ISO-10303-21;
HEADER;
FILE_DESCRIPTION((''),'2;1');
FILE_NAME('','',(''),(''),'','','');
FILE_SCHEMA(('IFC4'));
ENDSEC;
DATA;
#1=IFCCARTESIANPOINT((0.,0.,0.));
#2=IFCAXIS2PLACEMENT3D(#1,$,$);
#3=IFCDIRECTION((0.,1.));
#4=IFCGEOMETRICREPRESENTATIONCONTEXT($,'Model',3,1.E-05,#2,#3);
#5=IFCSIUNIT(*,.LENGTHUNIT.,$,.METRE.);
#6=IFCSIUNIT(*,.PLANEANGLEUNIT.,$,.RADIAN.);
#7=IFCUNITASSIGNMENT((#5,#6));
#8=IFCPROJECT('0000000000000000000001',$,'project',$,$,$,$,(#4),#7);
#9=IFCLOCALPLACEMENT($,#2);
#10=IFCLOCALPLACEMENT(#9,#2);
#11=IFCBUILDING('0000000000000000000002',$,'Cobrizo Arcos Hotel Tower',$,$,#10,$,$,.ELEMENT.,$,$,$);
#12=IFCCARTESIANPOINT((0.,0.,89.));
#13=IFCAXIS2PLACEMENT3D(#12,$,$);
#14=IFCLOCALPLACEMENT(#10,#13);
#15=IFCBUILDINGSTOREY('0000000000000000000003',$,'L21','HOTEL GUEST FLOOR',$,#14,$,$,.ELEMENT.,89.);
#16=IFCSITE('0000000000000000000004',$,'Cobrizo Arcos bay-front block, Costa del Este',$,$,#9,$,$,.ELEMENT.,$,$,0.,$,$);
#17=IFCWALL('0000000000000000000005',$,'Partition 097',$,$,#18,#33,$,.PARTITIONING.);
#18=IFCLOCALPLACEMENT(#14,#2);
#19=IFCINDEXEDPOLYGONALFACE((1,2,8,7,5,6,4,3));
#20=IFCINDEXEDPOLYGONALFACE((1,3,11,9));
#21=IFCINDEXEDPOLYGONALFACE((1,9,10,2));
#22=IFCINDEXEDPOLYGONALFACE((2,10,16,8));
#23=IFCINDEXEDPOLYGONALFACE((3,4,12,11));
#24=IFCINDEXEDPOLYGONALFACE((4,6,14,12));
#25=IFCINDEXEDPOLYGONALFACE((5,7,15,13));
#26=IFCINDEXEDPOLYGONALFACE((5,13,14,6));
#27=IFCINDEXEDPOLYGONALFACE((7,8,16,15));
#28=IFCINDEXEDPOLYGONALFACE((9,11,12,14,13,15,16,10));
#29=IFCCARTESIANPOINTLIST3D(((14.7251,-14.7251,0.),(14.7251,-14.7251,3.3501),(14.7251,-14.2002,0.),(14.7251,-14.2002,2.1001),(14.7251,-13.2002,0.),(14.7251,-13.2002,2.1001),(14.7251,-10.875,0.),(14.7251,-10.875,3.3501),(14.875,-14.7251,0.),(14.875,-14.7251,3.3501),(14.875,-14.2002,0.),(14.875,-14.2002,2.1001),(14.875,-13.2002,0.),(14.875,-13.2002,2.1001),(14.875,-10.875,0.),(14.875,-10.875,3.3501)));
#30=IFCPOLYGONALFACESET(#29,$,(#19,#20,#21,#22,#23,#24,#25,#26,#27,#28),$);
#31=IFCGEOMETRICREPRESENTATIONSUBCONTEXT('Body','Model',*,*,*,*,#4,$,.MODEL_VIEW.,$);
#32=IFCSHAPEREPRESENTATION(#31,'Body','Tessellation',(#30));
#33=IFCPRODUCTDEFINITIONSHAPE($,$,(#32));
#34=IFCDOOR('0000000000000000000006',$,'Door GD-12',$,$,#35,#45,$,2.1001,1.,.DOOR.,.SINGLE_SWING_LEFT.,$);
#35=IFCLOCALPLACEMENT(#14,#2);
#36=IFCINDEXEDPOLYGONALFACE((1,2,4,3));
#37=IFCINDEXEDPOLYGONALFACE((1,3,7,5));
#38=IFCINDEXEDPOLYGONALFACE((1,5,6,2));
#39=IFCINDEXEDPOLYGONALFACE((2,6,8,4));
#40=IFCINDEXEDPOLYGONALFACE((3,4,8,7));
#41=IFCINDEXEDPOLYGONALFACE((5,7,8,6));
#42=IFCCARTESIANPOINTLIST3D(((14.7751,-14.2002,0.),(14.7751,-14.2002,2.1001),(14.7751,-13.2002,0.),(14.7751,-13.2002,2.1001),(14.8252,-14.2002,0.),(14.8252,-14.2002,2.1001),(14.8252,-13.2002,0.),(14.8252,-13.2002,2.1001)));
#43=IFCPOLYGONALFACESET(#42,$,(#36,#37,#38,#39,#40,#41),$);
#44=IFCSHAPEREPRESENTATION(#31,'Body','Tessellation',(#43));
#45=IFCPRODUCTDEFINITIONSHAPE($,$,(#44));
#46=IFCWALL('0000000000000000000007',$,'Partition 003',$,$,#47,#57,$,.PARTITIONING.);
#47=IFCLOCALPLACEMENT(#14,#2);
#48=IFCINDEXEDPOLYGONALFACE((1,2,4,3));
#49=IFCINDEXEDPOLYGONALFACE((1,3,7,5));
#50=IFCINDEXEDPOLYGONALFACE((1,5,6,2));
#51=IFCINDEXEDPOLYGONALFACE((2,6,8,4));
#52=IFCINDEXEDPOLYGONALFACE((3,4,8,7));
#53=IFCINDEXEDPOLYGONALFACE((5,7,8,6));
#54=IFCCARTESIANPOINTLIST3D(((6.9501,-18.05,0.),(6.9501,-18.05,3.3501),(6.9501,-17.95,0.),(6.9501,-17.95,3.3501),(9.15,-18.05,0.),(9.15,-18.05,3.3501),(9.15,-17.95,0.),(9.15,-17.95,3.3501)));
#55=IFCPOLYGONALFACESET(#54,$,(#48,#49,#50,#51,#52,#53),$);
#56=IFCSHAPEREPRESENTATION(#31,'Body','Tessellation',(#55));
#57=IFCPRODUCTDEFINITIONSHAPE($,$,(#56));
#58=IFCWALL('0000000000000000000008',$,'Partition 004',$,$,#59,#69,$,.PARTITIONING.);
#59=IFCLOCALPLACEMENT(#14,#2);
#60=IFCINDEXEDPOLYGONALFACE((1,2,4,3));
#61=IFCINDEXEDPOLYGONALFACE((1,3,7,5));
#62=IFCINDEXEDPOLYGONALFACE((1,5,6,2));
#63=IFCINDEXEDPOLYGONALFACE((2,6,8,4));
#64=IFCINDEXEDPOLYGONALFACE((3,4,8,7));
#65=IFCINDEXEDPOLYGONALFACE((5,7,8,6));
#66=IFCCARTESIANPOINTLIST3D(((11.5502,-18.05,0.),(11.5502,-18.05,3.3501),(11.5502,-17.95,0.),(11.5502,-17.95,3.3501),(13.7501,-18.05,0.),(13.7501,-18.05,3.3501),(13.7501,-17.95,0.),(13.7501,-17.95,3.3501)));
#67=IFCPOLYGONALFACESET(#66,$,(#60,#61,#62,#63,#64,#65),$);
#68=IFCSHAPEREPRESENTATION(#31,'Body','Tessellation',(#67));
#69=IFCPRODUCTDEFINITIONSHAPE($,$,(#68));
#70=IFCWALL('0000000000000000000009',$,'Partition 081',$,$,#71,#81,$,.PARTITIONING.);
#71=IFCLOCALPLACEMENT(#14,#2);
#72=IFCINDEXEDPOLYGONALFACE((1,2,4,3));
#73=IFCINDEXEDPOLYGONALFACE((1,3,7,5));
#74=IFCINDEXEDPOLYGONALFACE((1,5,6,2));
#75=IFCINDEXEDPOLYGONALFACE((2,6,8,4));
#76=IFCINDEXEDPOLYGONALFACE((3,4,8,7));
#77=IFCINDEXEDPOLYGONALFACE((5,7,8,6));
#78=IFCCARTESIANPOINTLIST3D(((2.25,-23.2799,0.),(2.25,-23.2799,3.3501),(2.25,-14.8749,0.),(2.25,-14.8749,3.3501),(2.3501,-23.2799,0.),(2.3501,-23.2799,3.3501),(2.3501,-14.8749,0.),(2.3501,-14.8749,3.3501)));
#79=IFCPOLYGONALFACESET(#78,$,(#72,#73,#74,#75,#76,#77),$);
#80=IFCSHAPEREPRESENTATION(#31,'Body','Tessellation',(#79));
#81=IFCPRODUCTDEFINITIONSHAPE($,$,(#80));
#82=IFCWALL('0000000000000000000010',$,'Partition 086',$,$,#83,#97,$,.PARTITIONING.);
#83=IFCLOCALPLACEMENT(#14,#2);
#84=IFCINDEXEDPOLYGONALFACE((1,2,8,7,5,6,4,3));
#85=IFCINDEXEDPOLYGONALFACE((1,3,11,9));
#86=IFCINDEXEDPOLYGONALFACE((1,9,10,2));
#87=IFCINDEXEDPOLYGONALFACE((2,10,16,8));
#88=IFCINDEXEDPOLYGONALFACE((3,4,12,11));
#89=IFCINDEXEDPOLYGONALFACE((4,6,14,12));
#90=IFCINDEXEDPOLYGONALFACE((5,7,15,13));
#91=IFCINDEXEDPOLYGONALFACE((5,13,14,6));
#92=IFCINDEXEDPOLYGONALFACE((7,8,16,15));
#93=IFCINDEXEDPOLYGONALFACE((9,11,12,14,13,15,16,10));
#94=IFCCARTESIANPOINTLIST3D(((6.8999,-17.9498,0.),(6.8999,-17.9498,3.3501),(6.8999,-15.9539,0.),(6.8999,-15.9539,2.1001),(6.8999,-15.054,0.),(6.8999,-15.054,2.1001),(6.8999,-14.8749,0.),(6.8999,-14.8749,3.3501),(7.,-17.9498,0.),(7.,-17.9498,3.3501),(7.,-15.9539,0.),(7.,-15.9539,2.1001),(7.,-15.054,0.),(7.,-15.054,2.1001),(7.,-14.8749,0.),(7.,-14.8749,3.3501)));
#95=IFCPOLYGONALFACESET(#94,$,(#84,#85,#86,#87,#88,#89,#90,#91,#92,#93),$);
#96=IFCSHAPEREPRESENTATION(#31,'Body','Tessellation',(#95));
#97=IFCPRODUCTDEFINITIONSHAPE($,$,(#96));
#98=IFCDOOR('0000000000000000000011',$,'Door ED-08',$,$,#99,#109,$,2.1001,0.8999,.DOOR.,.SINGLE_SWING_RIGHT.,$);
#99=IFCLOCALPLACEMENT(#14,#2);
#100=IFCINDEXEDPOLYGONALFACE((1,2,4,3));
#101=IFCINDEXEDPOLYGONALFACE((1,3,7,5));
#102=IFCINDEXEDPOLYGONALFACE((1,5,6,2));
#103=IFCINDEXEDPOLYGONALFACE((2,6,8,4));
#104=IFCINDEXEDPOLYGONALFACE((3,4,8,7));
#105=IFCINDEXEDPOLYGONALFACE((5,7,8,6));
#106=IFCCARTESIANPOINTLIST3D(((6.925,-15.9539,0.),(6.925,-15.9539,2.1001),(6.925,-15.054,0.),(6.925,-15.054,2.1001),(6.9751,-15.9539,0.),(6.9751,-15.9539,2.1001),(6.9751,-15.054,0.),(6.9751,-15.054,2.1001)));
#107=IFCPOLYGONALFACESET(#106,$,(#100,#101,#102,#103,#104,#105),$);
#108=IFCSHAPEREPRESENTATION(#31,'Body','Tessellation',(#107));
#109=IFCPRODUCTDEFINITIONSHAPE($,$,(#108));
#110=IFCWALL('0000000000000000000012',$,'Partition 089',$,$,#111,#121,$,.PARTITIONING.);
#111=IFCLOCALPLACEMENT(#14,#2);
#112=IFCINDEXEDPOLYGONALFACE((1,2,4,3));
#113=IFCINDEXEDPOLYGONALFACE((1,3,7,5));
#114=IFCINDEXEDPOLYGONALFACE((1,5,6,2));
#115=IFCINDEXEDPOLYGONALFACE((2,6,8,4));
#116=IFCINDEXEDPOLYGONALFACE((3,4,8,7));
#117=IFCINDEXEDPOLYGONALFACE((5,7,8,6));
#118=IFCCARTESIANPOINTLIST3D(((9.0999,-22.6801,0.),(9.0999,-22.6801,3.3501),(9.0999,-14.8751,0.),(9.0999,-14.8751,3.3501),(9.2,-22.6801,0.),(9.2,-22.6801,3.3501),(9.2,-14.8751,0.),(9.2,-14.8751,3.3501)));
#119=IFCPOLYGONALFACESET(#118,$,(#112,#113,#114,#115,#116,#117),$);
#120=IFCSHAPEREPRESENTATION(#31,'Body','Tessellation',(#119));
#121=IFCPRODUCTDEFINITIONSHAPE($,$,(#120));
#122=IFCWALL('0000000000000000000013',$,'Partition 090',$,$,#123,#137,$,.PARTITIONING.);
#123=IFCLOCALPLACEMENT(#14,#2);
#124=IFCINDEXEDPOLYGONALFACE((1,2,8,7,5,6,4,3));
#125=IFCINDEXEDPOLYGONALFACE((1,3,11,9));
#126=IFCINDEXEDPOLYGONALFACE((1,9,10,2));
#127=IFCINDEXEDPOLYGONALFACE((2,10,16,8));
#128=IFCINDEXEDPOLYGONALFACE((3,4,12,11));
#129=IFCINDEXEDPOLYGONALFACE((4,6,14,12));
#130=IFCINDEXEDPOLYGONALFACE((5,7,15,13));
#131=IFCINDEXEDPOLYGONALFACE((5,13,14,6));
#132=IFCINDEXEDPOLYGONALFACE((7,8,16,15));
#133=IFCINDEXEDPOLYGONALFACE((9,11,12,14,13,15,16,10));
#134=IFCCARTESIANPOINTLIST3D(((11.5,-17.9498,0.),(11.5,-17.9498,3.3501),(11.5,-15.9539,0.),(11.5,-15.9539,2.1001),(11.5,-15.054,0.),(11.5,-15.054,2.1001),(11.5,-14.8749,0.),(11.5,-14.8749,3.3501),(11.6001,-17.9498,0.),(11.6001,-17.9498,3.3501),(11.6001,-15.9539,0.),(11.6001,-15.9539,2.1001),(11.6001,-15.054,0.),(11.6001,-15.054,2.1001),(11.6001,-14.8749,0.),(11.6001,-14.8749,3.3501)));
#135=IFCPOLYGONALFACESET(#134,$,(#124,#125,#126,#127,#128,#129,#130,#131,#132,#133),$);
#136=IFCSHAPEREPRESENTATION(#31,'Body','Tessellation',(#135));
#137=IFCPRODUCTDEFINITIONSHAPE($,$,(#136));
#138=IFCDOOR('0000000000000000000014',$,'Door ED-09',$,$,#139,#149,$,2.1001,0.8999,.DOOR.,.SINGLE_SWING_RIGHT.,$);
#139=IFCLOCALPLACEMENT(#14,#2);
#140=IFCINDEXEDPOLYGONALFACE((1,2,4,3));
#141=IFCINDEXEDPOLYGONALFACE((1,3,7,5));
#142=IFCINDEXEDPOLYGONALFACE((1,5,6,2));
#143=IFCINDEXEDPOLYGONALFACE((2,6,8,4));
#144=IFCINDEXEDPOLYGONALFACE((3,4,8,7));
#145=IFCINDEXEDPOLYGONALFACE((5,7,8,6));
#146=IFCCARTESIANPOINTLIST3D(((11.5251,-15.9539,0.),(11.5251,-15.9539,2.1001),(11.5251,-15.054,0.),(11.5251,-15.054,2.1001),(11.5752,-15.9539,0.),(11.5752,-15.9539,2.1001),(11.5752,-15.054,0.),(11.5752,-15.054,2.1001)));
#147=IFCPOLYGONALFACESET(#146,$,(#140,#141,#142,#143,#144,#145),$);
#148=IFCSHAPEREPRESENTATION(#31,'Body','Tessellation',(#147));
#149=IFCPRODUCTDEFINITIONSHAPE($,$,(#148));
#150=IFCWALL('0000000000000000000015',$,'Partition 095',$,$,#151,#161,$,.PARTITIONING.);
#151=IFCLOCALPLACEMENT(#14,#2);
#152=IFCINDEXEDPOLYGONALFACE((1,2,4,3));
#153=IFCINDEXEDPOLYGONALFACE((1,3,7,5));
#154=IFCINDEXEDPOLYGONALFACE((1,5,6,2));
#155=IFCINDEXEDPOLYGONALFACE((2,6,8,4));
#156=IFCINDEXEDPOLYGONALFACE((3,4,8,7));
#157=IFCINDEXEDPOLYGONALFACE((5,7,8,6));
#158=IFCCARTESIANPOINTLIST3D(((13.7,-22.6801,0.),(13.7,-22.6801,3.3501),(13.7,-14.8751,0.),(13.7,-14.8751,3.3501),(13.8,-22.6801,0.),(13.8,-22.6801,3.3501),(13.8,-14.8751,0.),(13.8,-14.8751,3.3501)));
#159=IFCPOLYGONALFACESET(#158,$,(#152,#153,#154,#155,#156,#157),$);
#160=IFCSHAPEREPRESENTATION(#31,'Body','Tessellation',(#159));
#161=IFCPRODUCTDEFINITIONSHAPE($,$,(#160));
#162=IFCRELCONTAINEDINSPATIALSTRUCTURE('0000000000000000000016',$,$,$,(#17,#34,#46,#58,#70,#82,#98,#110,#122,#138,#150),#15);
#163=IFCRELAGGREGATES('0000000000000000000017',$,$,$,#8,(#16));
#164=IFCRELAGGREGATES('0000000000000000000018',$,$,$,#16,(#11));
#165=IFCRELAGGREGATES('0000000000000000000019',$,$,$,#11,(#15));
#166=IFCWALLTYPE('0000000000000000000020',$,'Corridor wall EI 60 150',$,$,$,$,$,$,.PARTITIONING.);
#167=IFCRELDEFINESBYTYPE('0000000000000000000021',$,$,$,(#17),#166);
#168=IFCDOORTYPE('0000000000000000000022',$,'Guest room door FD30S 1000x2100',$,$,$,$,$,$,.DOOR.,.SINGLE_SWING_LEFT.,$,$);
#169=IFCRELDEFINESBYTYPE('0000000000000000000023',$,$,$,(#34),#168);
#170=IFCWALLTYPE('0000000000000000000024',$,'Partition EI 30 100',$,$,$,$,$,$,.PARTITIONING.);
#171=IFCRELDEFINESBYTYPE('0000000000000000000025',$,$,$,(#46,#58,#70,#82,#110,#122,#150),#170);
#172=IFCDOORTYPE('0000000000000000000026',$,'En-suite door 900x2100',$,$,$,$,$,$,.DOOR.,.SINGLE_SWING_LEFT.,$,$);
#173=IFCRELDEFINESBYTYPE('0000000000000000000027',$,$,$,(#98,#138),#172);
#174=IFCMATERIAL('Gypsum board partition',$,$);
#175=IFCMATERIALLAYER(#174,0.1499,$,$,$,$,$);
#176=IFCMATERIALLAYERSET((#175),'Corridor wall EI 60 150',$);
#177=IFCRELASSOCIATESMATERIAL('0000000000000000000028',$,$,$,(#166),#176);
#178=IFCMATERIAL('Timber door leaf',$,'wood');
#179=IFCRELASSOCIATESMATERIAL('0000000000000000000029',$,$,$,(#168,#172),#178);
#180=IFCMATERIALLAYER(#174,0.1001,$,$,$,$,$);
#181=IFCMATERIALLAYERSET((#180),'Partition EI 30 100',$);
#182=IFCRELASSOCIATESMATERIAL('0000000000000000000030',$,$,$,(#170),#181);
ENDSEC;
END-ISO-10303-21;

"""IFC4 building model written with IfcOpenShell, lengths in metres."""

from ifc_helpers import new_model, si_unit, direction, frame, frame_2d, origin, place, context, subcontext, project, spatial, rectangle, extrude, material, layer, layer_set, type_object, element, fill, save


model = new_model("IFC4")

# Units and contexts
model_context = context("Model", 3, precision=1e-05, world=origin(), true_north=direction((0.0, 1.0)))
body_context = subcontext(model_context, "Body", "Model", "MODEL_VIEW")
ifc_project = project(units=[si_unit("LENGTHUNIT", "METRE"), si_unit("PLANEANGLEUNIT", "RADIAN")], contexts=[model_context])

# Site, building, storey
site_placement = place(None, origin())
site = spatial("IfcSite", under=ifc_project, at=site_placement, Name="Cobrizo Arcos bay-front block, Costa del Este", CompositionType="ELEMENT", RefElevation=0.0)
building_placement = place(site_placement, origin())
building = spatial("IfcBuilding", under=site, at=building_placement, Name="Cobrizo Arcos Hotel Tower", CompositionType="ELEMENT")
storey_placement = place(building_placement, frame((0.0, 0.0, 89.0)))
storey = spatial("IfcBuildingStorey", under=building, at=storey_placement, Name="L21", Description="HOTEL GUEST FLOOR", CompositionType="ELEMENT", Elevation=89.0)

# Wall, opening, door
ifc_material_1 = material(Name="Gypsum board partition")
ifc_layer_1 = layer(ifc_material_1, 0.1499)
ifc_layer_set_1 = layer_set([ifc_layer_1], Name="Corridor wall EI 60 150")
wall_type_1 = type_object("IfcWallType", Name="Corridor wall EI 60 150", PredefinedType="PARTITIONING", material=ifc_layer_set_1)
wall_1_placement = place(storey_placement, frame((14.8, -14.7251, 0.0), z_axis=(0.0, 0.0, 1.0), x_axis=(0.0, 1.0, 0.0)))
wall_1 = element("IfcWall", 1, at=wall_1_placement, inside=storey, type_object=wall_type_1, Name="Partition 097", PredefinedType="PARTITIONING", context=body_context, shape_type="SweptSolid", body=[
    extrude(rectangle(XDim=3.8501, YDim=0.1499, at=frame_2d((1.925, 0.0))), origin(), (0.0, 0.0, 1.0), 3.3501),
])
opening_1_placement = place(wall_1_placement, frame((0.5249, 0.0, 0.0)))
opening_1 = element("IfcOpeningElement", 2, at=opening_1_placement, cuts=wall_1, PredefinedType="OPENING", context=body_context, shape_type="SweptSolid", body=[
    extrude(rectangle(XDim=1.0, YDim=2.1001, at=frame_2d((0.5, 1.05))), frame((0.0, 0.0869, 0.0), z_axis=(0.0, -1.0, 0.0), x_axis=(1.0, 0.0, 0.0)), (0.0, 0.0, 1.0), 0.1738),
])
ifc_material_2 = material(Name="Timber door leaf", Category="wood")
door_type_1 = type_object("IfcDoorType", Name="Guest room door FD30S 1000x2100", OperationType="SINGLE_SWING_LEFT", PredefinedType="DOOR", material=ifc_material_2)
door_1_placement = place(opening_1_placement, origin())
door_1 = element("IfcDoor", 3, at=door_1_placement, inside=storey, type_object=door_type_1, Name="Door GD-12", OperationType="SINGLE_SWING_LEFT", OverallHeight=2.1001, OverallWidth=1.0, PredefinedType="DOOR", context=body_context, shape_type="SweptSolid", body=[
    extrude(rectangle(XDim=1.0, YDim=2.1001, at=frame_2d((0.5, 1.05))), frame((0.0, 0.0249, 0.0), z_axis=(0.0, -1.0, 0.0), x_axis=(1.0, 0.0, 0.0)), (0.0, 0.0, 1.0), 0.05),
])
fill(opening_1, door_1)

# Walls
ifc_layer_2 = layer(ifc_material_1, 0.1001)
ifc_layer_set_2 = layer_set([ifc_layer_2], Name="Partition EI 30 100")
wall_type_2 = type_object("IfcWallType", Name="Partition EI 30 100", PredefinedType="PARTITIONING", material=ifc_layer_set_2)
for number, where, z_axis, x_axis, name in (
    (4, (6.95, -18.0, 0.0), (0.0, 0.0, 1.0), (1.0, 0.0, 0.0), "Partition 003"),
    (5, (11.55, -18.0, 0.0), (0.0, 0.0, 1.0), (1.0, 0.0, 0.0), "Partition 004"),
):
    element("IfcWall", number, at=place(storey_placement, frame(where, z_axis=z_axis, x_axis=x_axis)), inside=storey, type_object=wall_type_2, Name=name, PredefinedType="PARTITIONING", context=body_context, shape_type="SweptSolid", body=[
        extrude(rectangle(XDim=2.2, YDim=0.1001, at=frame_2d((1.1001, 0.0))), origin(), (0.0, 0.0, 1.0), 3.3501),
    ])
wall_2_placement = place(storey_placement, frame((2.3, -23.28, 0.0), z_axis=(0.0, 0.0, 1.0), x_axis=(0.0, 1.0, 0.0)))
element("IfcWall", 6, at=wall_2_placement, inside=storey, type_object=wall_type_2, Name="Partition 081", PredefinedType="PARTITIONING", context=body_context, shape_type="SweptSolid", body=[
    extrude(rectangle(XDim=8.405, YDim=0.1001, at=frame_2d((4.2026, 0.0))), origin(), (0.0, 0.0, 1.0), 3.3501),
])

# Wall, opening, door
wall_3_placement = place(storey_placement, frame((6.95, -17.95, 0.0), z_axis=(0.0, 0.0, 1.0), x_axis=(0.0, 1.0, 0.0)))
wall_3 = element("IfcWall", 7, at=wall_3_placement, inside=storey, type_object=wall_type_2, Name="Partition 086", PredefinedType="PARTITIONING", context=body_context, shape_type="SweptSolid", body=[
    extrude(rectangle(XDim=3.075, YDim=0.1001, at=frame_2d((1.5376, 0.0))), origin(), (0.0, 0.0, 1.0), 3.3501),
])
opening_2_placement = place(wall_3_placement, frame((1.9961, 0.0, 0.0)))
opening_2 = element("IfcOpeningElement", 8, at=opening_2_placement, cuts=wall_3, PredefinedType="OPENING", context=body_context, shape_type="SweptSolid", body=[
    extrude(rectangle(XDim=0.8999, YDim=2.1001, at=frame_2d((0.45, 1.05))), frame((0.0, 0.062, 0.0), z_axis=(0.0, -1.0, 0.0), x_axis=(1.0, 0.0, 0.0)), (0.0, 0.0, 1.0), 0.124),
])
door_type_2 = type_object("IfcDoorType", Name="En-suite door 900x2100", OperationType="SINGLE_SWING_LEFT", PredefinedType="DOOR", material=ifc_material_2)
door_2_placement = place(opening_2_placement, origin())
door_2 = element("IfcDoor", 9, at=door_2_placement, inside=storey, type_object=door_type_2, Name="Door ED-08", OperationType="SINGLE_SWING_RIGHT", OverallHeight=2.1001, OverallWidth=0.8999, PredefinedType="DOOR", context=body_context, shape_type="SweptSolid", body=[
    extrude(rectangle(XDim=0.8999, YDim=2.1001, at=frame_2d((0.45, 1.05))), frame((0.0, 0.0249, 0.0), z_axis=(0.0, -1.0, 0.0), x_axis=(1.0, 0.0, 0.0)), (0.0, 0.0, 1.0), 0.05),
])
fill(opening_2, door_2)

# Wall
wall_4_placement = place(storey_placement, frame((9.1499, -22.6799, 0.0), z_axis=(0.0, 0.0, 1.0), x_axis=(0.0, 1.0, 0.0)))
element("IfcWall", 10, at=wall_4_placement, inside=storey, type_object=wall_type_2, Name="Partition 089", PredefinedType="PARTITIONING", context=body_context, shape_type="SweptSolid", body=[
    extrude(rectangle(XDim=7.8049, YDim=0.1001, at=frame_2d((3.9023, 0.0))), origin(), (0.0, 0.0, 1.0), 3.3501),
])

# Wall, opening, door
wall_5_placement = place(storey_placement, frame((11.55, -17.95, 0.0), z_axis=(0.0, 0.0, 1.0), x_axis=(0.0, 1.0, 0.0)))
wall_5 = element("IfcWall", 11, at=wall_5_placement, inside=storey, type_object=wall_type_2, Name="Partition 090", PredefinedType="PARTITIONING", context=body_context, shape_type="SweptSolid", body=[
    extrude(rectangle(XDim=3.075, YDim=0.1001, at=frame_2d((1.5376, 0.0))), origin(), (0.0, 0.0, 1.0), 3.3501),
])
opening_3_placement = place(wall_5_placement, frame((1.9961, 0.0, 0.0)))
opening_3 = element("IfcOpeningElement", 12, at=opening_3_placement, cuts=wall_5, PredefinedType="OPENING", context=body_context, shape_type="SweptSolid", body=[
    extrude(rectangle(XDim=0.8999, YDim=2.1001, at=frame_2d((0.45, 1.05))), frame((0.0, 0.062, 0.0), z_axis=(0.0, -1.0, 0.0), x_axis=(1.0, 0.0, 0.0)), (0.0, 0.0, 1.0), 0.124),
])
door_3_placement = place(opening_3_placement, origin())
door_3 = element("IfcDoor", 13, at=door_3_placement, inside=storey, type_object=door_type_2, Name="Door ED-09", OperationType="SINGLE_SWING_RIGHT", OverallHeight=2.1001, OverallWidth=0.8999, PredefinedType="DOOR", context=body_context, shape_type="SweptSolid", body=[
    extrude(rectangle(XDim=0.8999, YDim=2.1001, at=frame_2d((0.45, 1.05))), frame((0.0, 0.0249, 0.0), z_axis=(0.0, -1.0, 0.0), x_axis=(1.0, 0.0, 0.0)), (0.0, 0.0, 1.0), 0.05),
])
fill(opening_3, door_3)

# Wall
wall_6_placement = place(storey_placement, frame((13.75, -22.6799, 0.0), z_axis=(0.0, 0.0, 1.0), x_axis=(0.0, 1.0, 0.0)))
element("IfcWall", 14, at=wall_6_placement, inside=storey, type_object=wall_type_2, Name="Partition 095", PredefinedType="PARTITIONING", context=body_context, shape_type="SweptSolid", body=[
    extrude(rectangle(XDim=7.8049, YDim=0.1001, at=frame_2d((3.9023, 0.0))), origin(), (0.0, 0.0, 1.0), 3.3501),
])

save(model, "model.ifc")
